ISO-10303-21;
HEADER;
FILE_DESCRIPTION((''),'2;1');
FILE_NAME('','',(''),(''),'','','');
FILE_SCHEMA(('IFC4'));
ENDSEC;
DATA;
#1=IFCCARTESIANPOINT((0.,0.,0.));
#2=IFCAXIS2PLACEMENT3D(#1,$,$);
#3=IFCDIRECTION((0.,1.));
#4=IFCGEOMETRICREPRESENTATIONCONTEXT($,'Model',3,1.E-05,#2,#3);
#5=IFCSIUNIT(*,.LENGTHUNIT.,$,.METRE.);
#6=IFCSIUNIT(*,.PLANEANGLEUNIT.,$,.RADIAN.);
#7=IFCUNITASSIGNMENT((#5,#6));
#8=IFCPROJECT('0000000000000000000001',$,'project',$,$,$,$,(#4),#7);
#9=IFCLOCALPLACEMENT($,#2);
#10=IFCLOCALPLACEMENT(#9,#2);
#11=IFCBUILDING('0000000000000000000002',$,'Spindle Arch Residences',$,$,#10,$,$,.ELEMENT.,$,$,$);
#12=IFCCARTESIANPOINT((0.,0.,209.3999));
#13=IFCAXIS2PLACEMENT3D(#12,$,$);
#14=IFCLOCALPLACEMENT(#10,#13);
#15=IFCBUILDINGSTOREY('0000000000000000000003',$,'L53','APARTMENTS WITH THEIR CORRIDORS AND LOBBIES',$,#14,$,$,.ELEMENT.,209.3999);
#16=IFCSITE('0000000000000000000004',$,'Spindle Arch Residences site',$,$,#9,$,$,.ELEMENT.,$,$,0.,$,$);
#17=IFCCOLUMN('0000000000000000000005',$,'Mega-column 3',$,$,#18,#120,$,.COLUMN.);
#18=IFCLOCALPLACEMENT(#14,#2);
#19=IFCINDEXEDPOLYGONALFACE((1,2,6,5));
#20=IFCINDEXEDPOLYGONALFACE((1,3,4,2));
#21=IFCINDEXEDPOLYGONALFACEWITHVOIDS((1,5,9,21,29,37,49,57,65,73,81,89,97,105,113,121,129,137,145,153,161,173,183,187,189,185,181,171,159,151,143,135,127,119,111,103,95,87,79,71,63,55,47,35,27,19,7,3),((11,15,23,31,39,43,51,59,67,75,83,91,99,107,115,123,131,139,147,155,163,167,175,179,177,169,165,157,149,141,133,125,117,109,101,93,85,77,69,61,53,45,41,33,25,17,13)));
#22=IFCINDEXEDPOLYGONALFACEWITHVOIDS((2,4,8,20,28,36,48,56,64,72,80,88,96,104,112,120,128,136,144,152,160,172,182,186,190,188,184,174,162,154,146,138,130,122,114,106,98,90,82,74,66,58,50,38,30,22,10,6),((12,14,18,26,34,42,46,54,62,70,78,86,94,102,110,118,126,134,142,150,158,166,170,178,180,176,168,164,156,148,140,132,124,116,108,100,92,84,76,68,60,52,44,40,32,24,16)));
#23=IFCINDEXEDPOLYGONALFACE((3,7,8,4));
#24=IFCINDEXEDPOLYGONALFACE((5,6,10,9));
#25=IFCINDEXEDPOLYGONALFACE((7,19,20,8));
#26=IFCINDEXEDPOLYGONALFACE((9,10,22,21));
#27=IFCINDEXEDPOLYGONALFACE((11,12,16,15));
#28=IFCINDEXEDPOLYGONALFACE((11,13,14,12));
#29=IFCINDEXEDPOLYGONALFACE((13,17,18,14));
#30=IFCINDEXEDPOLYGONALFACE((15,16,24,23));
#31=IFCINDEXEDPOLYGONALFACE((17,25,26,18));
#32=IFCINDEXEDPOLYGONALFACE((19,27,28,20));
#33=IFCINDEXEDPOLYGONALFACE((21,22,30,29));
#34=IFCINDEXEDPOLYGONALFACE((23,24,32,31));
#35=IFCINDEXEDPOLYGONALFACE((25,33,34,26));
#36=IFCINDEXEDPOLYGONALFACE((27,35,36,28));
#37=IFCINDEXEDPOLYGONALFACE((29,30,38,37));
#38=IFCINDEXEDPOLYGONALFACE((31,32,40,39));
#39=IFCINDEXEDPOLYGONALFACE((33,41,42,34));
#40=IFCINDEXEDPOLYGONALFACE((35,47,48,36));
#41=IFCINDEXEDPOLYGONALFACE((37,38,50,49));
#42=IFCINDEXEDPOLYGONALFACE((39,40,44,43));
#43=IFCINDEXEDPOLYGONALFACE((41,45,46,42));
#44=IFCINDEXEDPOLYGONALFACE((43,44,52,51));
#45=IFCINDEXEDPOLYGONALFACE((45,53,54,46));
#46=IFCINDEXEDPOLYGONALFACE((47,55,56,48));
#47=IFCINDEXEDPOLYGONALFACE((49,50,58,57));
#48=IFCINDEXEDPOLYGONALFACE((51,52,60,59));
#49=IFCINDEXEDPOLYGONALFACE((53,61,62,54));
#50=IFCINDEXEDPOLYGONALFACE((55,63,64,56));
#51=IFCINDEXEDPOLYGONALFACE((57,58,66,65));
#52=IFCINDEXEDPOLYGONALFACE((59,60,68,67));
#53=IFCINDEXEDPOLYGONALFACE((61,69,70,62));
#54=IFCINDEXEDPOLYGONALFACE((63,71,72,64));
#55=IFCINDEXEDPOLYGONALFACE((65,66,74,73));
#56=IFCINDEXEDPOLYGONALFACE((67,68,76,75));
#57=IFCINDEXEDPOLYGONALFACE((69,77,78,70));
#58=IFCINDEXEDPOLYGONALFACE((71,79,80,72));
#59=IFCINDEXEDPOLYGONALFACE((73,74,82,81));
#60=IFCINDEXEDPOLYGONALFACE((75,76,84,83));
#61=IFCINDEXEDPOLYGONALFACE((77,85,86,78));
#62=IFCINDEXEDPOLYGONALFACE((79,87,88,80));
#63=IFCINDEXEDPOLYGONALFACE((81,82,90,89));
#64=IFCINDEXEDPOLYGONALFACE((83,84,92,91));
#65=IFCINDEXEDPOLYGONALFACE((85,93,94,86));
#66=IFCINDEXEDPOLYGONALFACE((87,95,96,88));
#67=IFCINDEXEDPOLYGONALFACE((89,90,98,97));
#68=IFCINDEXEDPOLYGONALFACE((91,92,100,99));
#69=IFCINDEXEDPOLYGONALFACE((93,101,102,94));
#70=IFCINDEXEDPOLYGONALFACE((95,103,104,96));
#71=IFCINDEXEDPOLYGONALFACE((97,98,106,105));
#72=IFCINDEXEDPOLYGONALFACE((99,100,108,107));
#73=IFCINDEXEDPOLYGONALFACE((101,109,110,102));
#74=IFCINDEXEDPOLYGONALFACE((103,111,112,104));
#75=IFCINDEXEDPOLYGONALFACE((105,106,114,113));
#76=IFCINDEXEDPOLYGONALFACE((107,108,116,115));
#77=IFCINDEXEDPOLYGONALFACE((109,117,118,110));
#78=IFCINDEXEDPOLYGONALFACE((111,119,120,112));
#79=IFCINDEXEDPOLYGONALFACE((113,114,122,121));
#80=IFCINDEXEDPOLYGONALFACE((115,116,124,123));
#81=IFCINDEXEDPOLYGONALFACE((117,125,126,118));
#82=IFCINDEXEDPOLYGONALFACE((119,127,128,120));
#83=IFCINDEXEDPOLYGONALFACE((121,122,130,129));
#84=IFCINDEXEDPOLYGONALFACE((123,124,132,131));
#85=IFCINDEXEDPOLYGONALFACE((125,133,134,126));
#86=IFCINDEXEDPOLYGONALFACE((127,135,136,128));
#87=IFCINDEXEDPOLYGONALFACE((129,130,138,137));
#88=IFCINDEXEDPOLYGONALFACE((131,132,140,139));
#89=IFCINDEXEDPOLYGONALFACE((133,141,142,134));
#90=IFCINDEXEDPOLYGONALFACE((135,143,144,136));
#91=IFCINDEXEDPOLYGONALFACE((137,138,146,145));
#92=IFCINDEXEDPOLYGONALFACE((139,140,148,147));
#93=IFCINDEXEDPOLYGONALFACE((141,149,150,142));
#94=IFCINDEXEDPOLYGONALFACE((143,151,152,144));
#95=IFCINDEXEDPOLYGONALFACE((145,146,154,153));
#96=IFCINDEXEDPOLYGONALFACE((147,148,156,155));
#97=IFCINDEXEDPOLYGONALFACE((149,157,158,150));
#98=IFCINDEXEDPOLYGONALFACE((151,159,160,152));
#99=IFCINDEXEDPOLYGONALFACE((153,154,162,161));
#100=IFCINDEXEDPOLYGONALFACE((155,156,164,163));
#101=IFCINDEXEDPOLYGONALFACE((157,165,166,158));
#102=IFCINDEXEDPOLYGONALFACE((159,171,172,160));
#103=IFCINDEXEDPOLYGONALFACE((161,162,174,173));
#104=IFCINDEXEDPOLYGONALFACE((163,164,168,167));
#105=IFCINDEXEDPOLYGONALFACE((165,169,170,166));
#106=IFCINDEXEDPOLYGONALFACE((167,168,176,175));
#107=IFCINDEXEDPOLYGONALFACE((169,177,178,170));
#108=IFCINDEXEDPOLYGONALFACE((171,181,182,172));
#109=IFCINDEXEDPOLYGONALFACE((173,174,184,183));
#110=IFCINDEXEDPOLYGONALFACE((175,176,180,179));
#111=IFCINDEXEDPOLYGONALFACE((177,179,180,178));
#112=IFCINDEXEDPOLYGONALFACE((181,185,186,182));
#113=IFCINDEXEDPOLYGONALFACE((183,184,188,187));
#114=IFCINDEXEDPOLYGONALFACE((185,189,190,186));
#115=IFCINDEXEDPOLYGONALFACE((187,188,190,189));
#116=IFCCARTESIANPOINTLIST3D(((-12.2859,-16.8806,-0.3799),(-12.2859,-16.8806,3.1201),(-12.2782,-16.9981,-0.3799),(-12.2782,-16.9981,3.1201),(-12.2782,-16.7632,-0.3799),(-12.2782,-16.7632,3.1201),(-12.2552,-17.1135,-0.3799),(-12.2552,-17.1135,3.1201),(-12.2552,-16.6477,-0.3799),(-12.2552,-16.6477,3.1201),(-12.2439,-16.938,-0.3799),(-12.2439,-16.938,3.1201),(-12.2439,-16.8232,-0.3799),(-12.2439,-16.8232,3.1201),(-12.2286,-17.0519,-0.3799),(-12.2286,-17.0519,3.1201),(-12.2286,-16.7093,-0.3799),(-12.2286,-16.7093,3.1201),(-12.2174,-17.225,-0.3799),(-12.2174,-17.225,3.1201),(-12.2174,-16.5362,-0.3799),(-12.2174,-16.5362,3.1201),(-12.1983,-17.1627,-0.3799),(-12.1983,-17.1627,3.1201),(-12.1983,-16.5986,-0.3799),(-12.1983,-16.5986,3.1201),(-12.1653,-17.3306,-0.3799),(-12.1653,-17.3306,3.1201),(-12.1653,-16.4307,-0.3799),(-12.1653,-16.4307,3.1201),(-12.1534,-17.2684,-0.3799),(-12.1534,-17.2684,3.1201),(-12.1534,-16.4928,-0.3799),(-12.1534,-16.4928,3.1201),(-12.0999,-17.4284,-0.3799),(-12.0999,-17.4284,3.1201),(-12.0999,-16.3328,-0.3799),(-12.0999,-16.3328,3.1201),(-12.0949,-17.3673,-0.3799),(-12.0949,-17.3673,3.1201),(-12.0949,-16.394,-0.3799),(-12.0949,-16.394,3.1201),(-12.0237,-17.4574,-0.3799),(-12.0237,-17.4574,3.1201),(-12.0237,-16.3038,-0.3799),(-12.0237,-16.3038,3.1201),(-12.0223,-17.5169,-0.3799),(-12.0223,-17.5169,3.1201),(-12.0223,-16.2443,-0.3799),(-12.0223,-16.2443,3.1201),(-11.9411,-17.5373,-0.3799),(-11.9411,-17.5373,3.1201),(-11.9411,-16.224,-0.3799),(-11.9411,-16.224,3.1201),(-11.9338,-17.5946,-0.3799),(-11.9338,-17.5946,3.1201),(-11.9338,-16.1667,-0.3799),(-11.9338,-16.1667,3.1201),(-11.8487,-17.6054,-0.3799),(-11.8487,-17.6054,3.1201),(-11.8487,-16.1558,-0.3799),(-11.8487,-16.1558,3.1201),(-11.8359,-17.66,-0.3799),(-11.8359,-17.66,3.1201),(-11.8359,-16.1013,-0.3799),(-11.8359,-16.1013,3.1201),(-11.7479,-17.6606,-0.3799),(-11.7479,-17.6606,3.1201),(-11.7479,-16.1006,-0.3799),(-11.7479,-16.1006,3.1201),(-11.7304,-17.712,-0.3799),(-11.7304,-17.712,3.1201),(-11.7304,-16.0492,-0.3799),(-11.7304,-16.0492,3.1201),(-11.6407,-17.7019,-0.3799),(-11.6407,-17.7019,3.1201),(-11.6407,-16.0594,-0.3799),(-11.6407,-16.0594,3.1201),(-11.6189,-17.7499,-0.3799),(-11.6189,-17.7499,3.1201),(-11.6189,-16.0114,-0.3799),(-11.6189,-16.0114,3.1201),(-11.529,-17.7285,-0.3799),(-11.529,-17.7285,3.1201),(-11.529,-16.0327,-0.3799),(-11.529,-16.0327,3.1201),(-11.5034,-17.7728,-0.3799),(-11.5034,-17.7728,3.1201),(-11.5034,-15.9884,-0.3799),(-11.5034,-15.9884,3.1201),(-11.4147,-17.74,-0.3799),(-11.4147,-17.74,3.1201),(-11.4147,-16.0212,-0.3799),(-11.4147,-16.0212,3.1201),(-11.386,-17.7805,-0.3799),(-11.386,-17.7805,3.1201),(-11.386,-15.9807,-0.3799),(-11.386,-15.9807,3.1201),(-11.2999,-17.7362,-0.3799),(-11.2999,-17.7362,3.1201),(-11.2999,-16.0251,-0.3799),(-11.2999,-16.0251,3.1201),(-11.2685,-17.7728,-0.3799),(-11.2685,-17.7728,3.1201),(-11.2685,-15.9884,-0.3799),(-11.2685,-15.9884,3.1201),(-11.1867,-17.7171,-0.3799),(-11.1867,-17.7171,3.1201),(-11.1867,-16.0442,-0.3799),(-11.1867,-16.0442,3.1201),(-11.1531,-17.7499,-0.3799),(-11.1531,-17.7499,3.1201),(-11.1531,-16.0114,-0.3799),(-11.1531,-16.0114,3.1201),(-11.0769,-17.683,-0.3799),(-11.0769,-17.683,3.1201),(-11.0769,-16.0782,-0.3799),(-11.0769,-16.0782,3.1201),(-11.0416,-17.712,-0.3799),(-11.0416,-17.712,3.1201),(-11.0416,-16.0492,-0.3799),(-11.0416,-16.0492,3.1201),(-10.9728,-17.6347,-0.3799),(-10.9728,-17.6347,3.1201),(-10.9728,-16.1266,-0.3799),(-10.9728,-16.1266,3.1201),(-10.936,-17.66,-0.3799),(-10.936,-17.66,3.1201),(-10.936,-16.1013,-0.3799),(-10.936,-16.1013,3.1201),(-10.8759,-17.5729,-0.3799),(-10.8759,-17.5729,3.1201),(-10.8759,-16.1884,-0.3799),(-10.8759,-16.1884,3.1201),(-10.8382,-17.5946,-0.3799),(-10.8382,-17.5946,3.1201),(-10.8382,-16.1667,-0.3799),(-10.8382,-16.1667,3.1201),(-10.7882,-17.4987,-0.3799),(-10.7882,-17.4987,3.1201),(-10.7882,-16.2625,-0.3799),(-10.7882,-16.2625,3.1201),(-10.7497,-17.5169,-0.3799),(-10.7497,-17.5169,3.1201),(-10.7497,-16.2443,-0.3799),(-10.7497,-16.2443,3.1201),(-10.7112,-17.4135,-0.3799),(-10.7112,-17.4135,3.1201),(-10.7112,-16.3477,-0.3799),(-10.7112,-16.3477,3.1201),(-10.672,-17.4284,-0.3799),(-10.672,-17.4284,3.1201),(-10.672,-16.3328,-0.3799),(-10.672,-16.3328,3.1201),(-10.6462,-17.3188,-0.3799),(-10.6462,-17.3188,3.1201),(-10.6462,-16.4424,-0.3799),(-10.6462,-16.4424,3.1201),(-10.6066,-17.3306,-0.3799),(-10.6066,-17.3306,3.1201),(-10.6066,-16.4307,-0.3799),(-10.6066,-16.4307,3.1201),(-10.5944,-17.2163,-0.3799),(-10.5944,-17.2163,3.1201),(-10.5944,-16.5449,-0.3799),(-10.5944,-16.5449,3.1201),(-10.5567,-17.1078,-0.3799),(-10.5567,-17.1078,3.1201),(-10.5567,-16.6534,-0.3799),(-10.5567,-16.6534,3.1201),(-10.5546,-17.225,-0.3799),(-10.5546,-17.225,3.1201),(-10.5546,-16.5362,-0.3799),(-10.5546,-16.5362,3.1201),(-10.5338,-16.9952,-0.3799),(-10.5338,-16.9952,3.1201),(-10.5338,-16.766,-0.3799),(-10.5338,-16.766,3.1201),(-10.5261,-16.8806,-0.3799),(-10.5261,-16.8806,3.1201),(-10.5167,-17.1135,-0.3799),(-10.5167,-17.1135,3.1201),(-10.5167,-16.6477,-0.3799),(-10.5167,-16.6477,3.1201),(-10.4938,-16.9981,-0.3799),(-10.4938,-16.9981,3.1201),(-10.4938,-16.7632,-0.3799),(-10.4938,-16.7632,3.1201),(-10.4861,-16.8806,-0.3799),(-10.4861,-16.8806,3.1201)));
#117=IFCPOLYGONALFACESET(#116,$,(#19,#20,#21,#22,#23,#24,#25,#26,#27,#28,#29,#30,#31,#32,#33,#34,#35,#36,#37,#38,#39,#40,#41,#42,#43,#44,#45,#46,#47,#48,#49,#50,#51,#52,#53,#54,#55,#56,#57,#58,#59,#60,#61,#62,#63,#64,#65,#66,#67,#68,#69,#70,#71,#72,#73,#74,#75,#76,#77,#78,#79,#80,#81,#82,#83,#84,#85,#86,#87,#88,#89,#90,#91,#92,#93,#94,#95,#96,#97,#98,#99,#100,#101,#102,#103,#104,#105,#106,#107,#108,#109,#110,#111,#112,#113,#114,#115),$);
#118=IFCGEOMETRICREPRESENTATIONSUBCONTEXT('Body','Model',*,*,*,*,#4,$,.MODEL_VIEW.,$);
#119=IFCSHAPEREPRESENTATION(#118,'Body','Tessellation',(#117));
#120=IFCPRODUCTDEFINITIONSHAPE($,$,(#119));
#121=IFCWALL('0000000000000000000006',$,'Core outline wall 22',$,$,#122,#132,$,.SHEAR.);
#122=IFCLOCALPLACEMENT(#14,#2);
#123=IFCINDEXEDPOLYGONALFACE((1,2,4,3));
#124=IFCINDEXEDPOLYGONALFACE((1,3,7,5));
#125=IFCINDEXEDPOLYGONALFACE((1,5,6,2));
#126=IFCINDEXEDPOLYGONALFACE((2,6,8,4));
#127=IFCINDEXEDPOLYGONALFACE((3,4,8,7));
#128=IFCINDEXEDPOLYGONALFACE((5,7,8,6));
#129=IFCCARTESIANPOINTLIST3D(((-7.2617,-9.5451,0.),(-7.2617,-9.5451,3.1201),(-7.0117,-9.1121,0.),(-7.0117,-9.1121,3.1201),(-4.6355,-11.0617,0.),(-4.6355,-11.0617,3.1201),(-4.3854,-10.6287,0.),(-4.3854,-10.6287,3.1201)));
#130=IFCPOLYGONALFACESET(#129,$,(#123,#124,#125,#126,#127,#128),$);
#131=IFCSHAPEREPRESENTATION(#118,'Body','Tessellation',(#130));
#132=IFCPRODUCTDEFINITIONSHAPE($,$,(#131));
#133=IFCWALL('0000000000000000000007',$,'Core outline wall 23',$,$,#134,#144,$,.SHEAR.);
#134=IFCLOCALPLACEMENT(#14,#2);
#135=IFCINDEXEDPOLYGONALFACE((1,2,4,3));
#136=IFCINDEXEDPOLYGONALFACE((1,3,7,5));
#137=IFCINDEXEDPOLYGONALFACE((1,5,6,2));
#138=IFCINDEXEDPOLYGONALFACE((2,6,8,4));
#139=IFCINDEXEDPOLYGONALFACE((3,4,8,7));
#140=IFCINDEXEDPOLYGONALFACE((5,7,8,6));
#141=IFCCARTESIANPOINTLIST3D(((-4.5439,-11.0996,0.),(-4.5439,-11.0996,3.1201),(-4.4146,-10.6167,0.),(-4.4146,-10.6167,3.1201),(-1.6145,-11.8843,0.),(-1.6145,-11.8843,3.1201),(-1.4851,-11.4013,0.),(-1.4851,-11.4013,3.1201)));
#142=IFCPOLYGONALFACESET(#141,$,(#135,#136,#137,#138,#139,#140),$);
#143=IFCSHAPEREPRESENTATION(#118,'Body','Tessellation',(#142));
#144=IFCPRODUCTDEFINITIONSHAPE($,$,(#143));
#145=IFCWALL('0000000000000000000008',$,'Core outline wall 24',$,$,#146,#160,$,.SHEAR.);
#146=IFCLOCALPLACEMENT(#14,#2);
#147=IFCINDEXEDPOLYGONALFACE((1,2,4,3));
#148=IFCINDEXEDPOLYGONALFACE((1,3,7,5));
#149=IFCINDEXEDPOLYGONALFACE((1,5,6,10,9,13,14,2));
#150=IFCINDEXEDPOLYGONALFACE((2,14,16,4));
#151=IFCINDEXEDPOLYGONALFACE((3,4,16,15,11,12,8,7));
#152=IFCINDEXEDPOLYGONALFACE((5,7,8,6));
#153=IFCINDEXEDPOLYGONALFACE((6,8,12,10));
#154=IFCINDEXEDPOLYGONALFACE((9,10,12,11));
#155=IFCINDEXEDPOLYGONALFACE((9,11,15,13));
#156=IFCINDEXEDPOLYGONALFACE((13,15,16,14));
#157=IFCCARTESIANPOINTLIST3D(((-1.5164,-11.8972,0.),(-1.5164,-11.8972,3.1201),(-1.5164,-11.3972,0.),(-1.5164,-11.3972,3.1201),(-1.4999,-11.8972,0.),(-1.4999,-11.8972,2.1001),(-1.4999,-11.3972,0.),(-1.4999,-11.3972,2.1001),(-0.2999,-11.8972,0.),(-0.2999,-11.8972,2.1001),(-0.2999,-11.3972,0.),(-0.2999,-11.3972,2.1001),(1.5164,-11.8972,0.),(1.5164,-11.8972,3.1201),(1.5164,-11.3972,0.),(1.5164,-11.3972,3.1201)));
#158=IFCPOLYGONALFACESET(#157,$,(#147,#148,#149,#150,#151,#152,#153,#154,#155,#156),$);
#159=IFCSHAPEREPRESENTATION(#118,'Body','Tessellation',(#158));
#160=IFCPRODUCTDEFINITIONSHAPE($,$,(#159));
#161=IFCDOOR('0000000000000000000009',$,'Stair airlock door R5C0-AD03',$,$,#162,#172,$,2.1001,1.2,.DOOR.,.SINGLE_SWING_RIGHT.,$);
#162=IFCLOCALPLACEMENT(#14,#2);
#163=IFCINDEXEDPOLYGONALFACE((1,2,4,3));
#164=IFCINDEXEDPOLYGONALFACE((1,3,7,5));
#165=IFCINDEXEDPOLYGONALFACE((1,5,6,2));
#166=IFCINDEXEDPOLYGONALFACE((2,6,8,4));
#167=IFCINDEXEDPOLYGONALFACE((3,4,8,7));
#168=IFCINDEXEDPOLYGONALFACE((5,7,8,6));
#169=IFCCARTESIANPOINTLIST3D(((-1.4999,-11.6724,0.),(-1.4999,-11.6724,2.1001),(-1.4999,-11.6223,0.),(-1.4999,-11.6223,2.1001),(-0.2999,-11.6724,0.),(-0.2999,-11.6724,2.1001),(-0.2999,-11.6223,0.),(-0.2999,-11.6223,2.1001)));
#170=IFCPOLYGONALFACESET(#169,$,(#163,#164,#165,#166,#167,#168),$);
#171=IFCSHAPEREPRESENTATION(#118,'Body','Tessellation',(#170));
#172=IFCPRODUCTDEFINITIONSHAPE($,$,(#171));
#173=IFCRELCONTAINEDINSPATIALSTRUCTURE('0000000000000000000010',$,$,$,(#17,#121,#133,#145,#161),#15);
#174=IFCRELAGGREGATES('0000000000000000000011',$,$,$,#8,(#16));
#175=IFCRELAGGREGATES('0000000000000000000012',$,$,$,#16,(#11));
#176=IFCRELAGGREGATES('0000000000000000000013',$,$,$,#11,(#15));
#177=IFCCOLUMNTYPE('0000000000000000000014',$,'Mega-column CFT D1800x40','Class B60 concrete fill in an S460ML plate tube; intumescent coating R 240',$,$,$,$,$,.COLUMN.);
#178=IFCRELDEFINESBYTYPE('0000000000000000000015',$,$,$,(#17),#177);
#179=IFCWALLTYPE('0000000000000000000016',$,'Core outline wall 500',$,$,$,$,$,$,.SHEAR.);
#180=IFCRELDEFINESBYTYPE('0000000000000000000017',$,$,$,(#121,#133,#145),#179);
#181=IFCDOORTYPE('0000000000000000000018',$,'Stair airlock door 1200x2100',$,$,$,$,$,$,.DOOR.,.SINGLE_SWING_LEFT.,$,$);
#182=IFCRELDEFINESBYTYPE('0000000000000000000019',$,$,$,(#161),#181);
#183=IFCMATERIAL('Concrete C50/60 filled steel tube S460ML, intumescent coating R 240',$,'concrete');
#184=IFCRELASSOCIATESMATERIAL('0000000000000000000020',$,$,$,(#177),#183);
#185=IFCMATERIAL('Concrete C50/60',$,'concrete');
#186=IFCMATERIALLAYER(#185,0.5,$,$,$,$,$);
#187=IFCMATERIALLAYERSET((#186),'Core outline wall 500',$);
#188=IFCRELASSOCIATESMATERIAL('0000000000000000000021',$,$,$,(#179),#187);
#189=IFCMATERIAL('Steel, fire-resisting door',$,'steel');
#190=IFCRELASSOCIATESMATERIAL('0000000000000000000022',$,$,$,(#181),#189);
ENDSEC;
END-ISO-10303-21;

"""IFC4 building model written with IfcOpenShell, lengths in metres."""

from ifc_helpers import new_model, si_unit, direction, frame, frame_2d, origin, origin_2d, place, context, subcontext, project, spatial, rectangle, hollow_circle, extrude, material, layer, layer_set, material_profile, profile_set, type_object, element, fill, save


model = new_model("IFC4")

# Units and contexts
model_context = context("Model", 3, precision=1e-05, world=origin(), true_north=direction((0.0, 1.0)))
body_context = subcontext(model_context, "Body", "Model", "MODEL_VIEW")
ifc_project = project(units=[si_unit("LENGTHUNIT", "METRE"), si_unit("PLANEANGLEUNIT", "RADIAN")], contexts=[model_context])

# Site, building, storey
site_placement = place(None, origin())
site = spatial("IfcSite", under=ifc_project, at=site_placement, Name="Spindle Arch Residences site", CompositionType="ELEMENT", RefElevation=0.0)
building_placement = place(site_placement, origin())
building = spatial("IfcBuilding", under=site, at=building_placement, Name="Spindle Arch Residences", CompositionType="ELEMENT")
storey_placement = place(building_placement, frame((0.0, 0.0, 209.3999)))
storey = spatial("IfcBuildingStorey", under=building, at=storey_placement, Name="L53", Description="APARTMENTS WITH THEIR CORRIDORS AND LOBBIES", CompositionType="ELEMENT", Elevation=209.3999)

# Column
ifc_material_1 = material(Name="Concrete C50/60 filled steel tube S460ML, intumescent coating R 240", Category="concrete")
ifc_material_profile = material_profile(ifc_material_1, hollow_circle(Radius=0.8999, WallThickness=0.04, at=origin_2d()), Name="CFT D1800x40")
ifc_profile_set = profile_set([ifc_material_profile], Name="Concrete C50/60 filled steel tube S460ML, intumescent coating R 240")
column_type = type_object("IfcColumnType", Name="Mega-column CFT D1800x40", Description="Class B60 concrete fill in an S460ML plate tube; intumescent coating R 240", PredefinedType="COLUMN", material=ifc_profile_set)
column_placement = place(storey_placement, frame((-11.386, -16.8806, -0.3799), z_axis=(0.0, 0.0, 1.0), x_axis=(1.0, 0.0, 0.0)))
element("IfcColumn", 1, at=column_placement, inside=storey, type_object=column_type, Name="Mega-column 3", PredefinedType="COLUMN", context=body_context, shape_type="SweptSolid", body=[
    extrude(hollow_circle(Radius=0.8999, WallThickness=0.04, at=origin_2d()), origin(), (0.0, 0.0, 1.0), 3.5),
])

# Walls
ifc_material_2 = material(Name="Concrete C50/60", Category="concrete")
ifc_layer_1 = layer(ifc_material_2, 0.5)
ifc_layer_set_1 = layer_set([ifc_layer_1], Name="Core outline wall 500")
wall_type_1 = type_object("IfcWallType", Name="Core outline wall 500", PredefinedType="SHEAR", material=ifc_layer_set_1)
for number, where, z_axis, x_axis, name in (
    (2, (-7.1367, -9.3286, 0.0), (0.0, 0.0, 1.0), (0.865975, -0.500087, 0.0), "Core outline wall 22"),
    (3, (-4.4792, -10.8582, 0.0), (0.0, 0.0, 1.0), (0.965948, -0.258735, 0.0), "Core outline wall 23"),
):
    element("IfcWall", number, at=place(storey_placement, frame(where, z_axis=z_axis, x_axis=x_axis)), inside=storey, type_object=wall_type_1, Name=name, PredefinedType="SHEAR", context=body_context, shape_type="SweptSolid", body=[
        extrude(rectangle(XDim=3.0327, YDim=0.5, at=frame_2d((1.5164, 0.0))), origin(), (0.0, 0.0, 1.0), 3.1201),
    ])

# Wall, opening, door
wall_1_placement = place(storey_placement, frame((-1.5164, -11.6472, 0.0), z_axis=(0.0, 0.0, 1.0), x_axis=(1.0, 0.0, 0.0)))
wall_1 = element("IfcWall", 4, at=wall_1_placement, inside=storey, type_object=wall_type_1, Name="Core outline wall 24", PredefinedType="SHEAR", context=body_context, shape_type="SweptSolid", body=[
    extrude(rectangle(XDim=3.0327, YDim=0.5, at=frame_2d((1.5164, 0.0))), origin(), (0.0, 0.0, 1.0), 3.1201),
])
opening_1_placement = place(wall_1_placement, frame((0.0164, 0.0, 0.0)))
opening_1 = element("IfcOpeningElement", 5, at=opening_1_placement, cuts=wall_1, PredefinedType="OPENING", context=body_context, shape_type="SweptSolid", body=[
    extrude(rectangle(XDim=1.2, YDim=2.1001, at=frame_2d((0.6001, 1.05))), frame((0.0, 0.26, 0.0), z_axis=(0.0, -1.0, 0.0), x_axis=(1.0, 0.0, 0.0)), (0.0, 0.0, 1.0), 0.52),
])
ifc_material_3 = material(Name="Steel, fire-resisting door", Category="steel")
door_type_1 = type_object("IfcDoorType", Name="Stair airlock door 1200x2100", OperationType="SINGLE_SWING_LEFT", PredefinedType="DOOR", material=ifc_material_3)
door_1_placement = place(opening_1_placement, origin())
door_1 = element("IfcDoor", 6, at=door_1_placement, inside=storey, type_object=door_type_1, Name="Stair airlock door R5C0-AD03", OperationType="SINGLE_SWING_RIGHT", OverallHeight=2.1001, OverallWidth=1.2, PredefinedType="DOOR", context=body_context, shape_type="SweptSolid", body=[
    extrude(rectangle(XDim=1.2, YDim=2.1001, at=frame_2d((0.6001, 1.05))), frame((0.0, 0.0249, 0.0), z_axis=(0.0, -1.0, 0.0), x_axis=(1.0, 0.0, 0.0)), (0.0, 0.0, 1.0), 0.05),
])
fill(opening_1, door_1)

save(model, "model.ifc")
